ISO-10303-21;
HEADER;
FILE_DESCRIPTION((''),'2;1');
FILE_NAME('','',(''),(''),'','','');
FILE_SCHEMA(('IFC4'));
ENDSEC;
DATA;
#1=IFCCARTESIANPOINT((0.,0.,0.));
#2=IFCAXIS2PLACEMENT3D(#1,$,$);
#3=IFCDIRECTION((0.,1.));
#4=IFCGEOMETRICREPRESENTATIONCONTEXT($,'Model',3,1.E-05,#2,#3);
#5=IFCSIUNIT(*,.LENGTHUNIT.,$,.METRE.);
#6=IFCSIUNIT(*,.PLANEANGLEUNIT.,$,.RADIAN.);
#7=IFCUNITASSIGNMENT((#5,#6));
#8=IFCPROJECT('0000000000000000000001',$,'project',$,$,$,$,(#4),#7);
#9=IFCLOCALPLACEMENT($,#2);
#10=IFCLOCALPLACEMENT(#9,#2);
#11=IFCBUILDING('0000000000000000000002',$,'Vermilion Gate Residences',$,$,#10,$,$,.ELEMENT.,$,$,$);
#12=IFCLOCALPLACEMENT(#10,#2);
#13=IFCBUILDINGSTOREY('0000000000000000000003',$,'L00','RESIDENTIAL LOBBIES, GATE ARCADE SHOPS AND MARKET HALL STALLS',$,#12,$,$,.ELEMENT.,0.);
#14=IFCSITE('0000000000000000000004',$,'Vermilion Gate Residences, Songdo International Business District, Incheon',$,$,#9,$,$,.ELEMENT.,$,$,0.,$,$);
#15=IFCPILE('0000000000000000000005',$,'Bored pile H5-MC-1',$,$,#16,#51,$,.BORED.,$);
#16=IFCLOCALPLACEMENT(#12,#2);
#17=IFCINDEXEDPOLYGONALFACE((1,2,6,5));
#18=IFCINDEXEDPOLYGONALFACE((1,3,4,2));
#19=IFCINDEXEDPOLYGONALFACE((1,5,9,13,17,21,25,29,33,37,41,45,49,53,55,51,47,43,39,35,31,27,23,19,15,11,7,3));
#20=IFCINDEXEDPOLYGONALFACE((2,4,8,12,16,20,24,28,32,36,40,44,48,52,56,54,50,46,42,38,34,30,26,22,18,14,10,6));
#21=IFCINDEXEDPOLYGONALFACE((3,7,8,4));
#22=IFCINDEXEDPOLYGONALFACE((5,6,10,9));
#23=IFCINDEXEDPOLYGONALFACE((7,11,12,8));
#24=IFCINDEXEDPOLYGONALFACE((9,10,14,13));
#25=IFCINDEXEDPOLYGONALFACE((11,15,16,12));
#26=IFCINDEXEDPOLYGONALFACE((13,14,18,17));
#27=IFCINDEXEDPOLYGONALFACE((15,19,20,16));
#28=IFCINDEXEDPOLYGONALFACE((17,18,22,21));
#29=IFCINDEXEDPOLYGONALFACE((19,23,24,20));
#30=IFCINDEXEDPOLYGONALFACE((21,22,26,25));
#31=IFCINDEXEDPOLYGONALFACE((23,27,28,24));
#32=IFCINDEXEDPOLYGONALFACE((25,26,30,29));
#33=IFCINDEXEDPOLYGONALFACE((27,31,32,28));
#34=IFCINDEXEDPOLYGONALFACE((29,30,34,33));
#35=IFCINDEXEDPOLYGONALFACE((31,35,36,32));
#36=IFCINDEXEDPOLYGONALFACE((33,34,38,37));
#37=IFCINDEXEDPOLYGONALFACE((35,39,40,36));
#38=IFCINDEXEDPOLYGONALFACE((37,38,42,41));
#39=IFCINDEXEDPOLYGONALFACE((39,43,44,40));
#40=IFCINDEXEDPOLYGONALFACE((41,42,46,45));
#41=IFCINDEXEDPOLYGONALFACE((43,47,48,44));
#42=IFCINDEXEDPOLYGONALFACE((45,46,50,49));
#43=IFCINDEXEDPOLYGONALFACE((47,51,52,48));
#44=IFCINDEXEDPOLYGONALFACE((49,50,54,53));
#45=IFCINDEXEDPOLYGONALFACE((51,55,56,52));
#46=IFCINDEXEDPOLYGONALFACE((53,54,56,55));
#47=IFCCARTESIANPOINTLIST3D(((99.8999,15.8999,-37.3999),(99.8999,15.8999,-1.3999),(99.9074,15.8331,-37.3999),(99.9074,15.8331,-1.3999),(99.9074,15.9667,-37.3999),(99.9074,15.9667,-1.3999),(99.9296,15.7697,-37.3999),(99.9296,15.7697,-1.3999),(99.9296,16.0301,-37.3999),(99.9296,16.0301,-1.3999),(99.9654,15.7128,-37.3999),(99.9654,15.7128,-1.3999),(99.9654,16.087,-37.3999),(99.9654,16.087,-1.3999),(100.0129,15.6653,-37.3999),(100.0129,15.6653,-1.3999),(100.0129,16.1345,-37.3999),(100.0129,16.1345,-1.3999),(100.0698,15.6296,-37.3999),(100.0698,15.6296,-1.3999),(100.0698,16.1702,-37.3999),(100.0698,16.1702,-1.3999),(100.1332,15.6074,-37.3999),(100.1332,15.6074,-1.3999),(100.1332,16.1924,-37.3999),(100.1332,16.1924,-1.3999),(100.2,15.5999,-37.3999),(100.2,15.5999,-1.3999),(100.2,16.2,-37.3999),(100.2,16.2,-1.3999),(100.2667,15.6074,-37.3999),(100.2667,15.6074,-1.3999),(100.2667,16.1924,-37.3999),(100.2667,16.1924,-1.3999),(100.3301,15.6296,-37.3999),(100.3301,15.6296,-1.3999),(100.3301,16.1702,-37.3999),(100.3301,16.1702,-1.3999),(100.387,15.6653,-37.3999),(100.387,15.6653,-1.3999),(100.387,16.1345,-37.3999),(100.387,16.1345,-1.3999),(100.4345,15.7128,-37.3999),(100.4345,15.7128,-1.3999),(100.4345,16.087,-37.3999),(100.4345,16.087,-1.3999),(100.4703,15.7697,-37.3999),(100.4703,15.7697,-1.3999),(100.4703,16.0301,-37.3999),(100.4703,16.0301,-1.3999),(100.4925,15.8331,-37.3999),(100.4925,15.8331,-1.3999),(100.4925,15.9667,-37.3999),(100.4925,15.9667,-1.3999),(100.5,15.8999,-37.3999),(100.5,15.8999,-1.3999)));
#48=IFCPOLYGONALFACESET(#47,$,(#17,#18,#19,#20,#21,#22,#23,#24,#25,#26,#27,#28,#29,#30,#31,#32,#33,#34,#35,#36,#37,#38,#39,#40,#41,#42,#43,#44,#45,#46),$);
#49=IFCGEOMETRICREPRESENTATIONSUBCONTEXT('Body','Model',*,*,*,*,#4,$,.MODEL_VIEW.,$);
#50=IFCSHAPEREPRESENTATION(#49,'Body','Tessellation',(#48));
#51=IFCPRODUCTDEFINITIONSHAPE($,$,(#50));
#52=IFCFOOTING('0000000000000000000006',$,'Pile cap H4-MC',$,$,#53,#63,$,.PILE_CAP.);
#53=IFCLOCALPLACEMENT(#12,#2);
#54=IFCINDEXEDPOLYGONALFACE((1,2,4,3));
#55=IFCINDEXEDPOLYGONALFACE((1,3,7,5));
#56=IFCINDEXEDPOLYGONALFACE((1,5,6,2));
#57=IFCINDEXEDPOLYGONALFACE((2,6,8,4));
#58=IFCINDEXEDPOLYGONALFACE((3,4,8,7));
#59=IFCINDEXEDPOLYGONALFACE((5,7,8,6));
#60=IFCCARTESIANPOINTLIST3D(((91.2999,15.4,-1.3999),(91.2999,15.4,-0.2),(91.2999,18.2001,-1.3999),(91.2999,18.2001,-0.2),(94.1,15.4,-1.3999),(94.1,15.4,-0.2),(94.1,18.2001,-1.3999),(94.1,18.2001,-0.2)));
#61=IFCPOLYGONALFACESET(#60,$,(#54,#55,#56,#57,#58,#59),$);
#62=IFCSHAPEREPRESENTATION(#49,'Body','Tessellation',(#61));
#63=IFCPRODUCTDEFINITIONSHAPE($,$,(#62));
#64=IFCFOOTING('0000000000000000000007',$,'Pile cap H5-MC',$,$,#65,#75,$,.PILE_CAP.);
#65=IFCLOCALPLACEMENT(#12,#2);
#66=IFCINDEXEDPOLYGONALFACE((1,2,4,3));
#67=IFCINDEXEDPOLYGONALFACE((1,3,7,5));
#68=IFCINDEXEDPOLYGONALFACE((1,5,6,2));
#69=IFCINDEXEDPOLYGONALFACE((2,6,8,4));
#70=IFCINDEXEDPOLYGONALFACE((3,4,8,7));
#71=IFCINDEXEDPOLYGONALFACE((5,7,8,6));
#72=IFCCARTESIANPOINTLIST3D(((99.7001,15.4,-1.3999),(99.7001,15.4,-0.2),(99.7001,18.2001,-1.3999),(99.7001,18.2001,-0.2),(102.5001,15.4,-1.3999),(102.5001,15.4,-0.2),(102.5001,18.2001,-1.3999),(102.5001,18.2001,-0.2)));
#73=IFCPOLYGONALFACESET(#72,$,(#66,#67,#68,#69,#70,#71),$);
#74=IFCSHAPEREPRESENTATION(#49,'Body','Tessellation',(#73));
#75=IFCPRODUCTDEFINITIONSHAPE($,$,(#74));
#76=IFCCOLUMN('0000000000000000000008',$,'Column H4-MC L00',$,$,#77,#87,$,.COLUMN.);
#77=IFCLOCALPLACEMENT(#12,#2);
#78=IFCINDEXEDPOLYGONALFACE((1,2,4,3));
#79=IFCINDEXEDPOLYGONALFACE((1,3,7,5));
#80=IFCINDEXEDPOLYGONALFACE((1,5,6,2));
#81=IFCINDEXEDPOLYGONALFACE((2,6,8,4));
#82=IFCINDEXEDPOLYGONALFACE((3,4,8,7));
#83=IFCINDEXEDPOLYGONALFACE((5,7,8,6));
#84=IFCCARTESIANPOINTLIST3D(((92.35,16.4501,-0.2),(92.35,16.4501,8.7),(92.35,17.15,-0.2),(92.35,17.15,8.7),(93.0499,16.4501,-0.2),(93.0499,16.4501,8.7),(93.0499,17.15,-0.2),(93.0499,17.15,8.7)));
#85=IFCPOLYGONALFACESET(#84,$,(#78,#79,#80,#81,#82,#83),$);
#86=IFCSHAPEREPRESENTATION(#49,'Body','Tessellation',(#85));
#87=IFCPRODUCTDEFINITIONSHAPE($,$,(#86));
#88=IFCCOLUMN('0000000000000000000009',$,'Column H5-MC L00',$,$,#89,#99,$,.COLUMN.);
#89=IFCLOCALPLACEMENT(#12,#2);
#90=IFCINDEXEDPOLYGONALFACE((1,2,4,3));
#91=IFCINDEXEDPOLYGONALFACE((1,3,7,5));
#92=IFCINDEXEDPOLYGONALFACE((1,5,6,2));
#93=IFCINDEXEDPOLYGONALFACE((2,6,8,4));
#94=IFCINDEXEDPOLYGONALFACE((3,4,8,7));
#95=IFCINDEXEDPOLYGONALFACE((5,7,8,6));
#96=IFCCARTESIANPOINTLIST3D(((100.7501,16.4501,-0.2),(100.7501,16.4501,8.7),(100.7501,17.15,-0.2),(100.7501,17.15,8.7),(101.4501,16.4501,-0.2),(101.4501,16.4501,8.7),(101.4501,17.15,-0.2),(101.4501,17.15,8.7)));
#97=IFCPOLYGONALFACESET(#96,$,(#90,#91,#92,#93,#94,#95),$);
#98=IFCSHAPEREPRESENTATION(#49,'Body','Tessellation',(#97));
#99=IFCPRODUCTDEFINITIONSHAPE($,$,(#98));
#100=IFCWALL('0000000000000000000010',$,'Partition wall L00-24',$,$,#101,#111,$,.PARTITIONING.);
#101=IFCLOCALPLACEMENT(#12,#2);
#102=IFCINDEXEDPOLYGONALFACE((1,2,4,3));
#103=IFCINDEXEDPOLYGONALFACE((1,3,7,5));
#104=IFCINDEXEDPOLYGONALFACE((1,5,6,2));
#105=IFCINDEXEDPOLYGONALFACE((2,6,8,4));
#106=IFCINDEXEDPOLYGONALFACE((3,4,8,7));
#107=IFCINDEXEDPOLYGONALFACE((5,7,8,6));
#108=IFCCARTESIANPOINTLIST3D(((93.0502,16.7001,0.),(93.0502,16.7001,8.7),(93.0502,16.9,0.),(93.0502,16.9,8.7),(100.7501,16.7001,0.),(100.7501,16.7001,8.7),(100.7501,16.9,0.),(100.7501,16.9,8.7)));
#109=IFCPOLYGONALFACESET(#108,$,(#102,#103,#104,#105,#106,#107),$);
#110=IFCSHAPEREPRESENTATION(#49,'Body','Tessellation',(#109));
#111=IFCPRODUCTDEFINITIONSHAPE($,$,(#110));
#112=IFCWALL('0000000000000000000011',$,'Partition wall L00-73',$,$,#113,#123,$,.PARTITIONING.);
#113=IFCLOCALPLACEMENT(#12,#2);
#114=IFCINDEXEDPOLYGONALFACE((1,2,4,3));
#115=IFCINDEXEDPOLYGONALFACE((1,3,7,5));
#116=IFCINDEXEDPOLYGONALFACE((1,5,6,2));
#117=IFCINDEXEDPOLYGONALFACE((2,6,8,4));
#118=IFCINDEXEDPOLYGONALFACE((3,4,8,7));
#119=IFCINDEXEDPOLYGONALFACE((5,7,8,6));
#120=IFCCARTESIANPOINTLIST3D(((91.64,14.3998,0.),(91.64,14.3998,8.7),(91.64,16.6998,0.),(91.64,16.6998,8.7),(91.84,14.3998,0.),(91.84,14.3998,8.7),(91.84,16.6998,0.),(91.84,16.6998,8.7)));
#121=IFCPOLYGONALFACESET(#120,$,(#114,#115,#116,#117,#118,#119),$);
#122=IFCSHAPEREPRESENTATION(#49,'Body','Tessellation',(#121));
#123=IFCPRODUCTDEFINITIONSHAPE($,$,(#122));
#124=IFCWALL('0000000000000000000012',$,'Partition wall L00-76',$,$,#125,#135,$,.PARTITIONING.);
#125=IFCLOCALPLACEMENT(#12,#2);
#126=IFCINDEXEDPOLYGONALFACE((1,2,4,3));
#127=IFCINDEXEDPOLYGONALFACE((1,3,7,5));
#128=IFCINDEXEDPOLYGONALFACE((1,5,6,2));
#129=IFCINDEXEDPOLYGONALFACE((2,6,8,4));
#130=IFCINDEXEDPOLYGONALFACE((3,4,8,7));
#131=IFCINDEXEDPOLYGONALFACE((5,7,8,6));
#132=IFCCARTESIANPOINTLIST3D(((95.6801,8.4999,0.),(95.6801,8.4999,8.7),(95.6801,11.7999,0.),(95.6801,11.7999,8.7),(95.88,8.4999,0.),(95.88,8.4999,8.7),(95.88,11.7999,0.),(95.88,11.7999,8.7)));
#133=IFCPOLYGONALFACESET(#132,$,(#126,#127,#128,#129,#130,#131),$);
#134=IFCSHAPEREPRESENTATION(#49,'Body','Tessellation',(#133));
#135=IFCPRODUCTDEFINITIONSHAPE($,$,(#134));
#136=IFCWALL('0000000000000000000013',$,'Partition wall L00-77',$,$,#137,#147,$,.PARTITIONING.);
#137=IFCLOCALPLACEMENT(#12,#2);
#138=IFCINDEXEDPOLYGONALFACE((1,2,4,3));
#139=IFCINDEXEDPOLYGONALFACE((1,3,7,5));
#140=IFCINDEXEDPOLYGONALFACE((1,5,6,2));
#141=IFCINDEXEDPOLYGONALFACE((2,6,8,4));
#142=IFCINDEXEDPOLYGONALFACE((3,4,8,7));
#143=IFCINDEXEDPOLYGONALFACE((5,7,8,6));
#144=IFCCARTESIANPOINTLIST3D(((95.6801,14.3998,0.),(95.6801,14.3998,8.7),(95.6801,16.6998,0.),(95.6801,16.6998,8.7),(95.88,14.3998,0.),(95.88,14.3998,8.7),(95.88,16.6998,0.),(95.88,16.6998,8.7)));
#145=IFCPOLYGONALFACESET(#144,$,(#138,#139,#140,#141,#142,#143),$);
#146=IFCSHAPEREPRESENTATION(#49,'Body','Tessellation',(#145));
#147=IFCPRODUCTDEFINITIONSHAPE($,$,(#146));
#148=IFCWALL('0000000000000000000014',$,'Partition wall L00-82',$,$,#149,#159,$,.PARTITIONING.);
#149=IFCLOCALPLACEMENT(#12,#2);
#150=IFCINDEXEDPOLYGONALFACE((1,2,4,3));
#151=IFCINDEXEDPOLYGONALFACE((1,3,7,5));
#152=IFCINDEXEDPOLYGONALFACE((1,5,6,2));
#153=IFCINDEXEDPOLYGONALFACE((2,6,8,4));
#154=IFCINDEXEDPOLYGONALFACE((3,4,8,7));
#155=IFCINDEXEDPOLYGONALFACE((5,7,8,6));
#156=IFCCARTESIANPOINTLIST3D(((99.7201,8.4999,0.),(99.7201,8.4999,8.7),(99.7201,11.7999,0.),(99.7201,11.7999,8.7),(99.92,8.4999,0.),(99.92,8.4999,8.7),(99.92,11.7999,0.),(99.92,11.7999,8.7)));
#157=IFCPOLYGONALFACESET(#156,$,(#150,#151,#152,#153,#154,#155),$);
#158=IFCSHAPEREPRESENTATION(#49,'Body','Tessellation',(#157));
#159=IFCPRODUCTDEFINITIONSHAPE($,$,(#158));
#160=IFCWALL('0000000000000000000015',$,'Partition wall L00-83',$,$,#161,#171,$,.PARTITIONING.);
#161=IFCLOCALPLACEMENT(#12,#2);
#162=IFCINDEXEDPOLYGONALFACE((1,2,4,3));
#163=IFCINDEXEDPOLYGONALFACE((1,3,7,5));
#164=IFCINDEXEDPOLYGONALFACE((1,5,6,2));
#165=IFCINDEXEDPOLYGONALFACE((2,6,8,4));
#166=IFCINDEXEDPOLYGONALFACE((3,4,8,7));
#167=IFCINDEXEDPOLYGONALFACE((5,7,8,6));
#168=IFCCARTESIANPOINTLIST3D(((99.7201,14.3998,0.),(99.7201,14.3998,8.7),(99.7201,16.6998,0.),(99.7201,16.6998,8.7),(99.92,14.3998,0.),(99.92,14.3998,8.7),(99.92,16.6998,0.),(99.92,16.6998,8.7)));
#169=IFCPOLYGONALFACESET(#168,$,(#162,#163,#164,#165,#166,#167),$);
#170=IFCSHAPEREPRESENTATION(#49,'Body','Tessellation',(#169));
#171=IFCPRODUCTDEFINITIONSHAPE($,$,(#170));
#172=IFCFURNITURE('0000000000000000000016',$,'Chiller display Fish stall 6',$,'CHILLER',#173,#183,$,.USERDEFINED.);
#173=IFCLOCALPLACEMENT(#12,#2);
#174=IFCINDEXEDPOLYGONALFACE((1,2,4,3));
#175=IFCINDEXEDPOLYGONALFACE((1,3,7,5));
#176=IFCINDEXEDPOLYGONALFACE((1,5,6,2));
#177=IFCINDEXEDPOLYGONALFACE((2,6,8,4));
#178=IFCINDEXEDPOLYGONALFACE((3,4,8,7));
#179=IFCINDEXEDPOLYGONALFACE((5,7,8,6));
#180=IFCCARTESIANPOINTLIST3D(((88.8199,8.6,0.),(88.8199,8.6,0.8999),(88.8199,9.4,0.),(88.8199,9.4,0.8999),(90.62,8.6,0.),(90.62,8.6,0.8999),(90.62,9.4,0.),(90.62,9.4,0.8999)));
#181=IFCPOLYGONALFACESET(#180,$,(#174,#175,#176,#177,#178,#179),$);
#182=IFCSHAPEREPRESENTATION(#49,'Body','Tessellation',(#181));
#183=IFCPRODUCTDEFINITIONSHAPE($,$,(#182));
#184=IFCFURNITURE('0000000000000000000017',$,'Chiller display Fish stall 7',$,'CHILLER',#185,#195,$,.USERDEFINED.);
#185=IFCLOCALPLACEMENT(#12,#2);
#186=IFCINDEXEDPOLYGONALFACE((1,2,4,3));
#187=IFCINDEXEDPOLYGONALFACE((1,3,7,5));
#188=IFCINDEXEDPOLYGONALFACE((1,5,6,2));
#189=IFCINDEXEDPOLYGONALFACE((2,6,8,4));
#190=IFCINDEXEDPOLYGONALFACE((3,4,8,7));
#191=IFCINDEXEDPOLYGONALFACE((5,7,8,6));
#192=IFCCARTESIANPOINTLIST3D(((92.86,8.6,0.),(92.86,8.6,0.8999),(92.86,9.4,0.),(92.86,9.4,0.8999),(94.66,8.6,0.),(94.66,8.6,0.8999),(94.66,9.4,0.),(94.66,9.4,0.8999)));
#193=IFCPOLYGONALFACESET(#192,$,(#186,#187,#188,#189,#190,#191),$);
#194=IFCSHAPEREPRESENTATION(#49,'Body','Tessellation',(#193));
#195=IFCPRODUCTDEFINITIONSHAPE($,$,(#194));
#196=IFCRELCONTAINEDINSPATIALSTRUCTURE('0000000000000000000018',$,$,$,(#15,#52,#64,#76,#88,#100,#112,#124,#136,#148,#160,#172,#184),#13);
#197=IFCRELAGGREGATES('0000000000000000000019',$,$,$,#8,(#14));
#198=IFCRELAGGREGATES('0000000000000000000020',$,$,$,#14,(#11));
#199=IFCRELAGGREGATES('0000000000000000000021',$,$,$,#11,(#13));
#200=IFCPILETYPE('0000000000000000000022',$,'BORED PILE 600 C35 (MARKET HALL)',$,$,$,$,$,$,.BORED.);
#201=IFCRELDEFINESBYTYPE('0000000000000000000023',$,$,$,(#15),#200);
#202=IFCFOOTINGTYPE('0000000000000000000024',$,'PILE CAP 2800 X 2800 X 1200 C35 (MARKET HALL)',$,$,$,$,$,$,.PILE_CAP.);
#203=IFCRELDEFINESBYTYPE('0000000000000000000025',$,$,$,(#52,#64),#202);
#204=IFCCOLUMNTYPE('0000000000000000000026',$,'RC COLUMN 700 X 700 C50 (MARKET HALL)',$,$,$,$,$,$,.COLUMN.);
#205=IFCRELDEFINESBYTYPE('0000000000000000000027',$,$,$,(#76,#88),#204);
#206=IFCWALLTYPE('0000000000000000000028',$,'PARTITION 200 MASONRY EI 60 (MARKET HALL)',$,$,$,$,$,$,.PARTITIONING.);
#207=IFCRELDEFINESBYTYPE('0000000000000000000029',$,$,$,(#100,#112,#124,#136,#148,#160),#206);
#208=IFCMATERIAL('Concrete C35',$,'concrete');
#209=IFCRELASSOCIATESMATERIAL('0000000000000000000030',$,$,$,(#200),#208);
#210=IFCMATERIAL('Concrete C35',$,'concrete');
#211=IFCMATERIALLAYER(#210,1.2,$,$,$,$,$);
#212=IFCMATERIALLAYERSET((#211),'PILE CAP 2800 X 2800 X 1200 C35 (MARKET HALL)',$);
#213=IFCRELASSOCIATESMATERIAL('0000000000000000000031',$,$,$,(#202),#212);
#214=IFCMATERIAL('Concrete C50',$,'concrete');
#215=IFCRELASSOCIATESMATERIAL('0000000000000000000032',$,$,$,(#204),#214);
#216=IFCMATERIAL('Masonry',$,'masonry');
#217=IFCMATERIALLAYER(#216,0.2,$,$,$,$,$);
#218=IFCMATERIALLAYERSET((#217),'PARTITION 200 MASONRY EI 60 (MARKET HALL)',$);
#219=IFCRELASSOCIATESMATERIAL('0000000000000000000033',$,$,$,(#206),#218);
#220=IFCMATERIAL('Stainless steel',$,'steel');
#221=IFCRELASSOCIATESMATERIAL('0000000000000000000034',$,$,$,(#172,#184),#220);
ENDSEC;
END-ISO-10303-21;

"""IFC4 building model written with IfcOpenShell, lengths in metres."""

from ifc_helpers import new_model, si_unit, direction, frame, frame_2d, origin, origin_2d, place, context, subcontext, project, spatial, rectangle, circle, extrude, material, layer, layer_set, material_profile, profile_set, type_object, element, save


model = new_model("IFC4")

# Units and contexts
model_context = context("Model", 3, precision=1e-05, world=origin(), true_north=direction((0.0, 1.0)))
body_context = subcontext(model_context, "Body", "Model", "MODEL_VIEW")
ifc_project = project(units=[si_unit("LENGTHUNIT", "METRE"), si_unit("PLANEANGLEUNIT", "RADIAN")], contexts=[model_context])

# Site, building, storey
site_placement = place(None, origin())
site = spatial("IfcSite", under=ifc_project, at=site_placement, Name="Vermilion Gate Residences, Songdo International Business District, Incheon", CompositionType="ELEMENT", RefElevation=0.0)
building_placement = place(site_placement, origin())
building = spatial("IfcBuilding", under=site, at=building_placement, Name="Vermilion Gate Residences", CompositionType="ELEMENT")
storey_placement = place(building_placement, origin())
storey = spatial("IfcBuildingStorey", under=building, at=storey_placement, Name="L00", Description="RESIDENTIAL LOBBIES, GATE ARCADE SHOPS AND MARKET HALL STALLS", CompositionType="ELEMENT", Elevation=0.0)

# Pile
ifc_material_1 = material(Name="Concrete C35", Category="concrete")
ifc_material_profile_1 = material_profile(ifc_material_1, circle(Radius=0.3, at=origin_2d()), Name="BORED PILE 600 C35 (MARKET HALL)")
ifc_profile_set_1 = profile_set([ifc_material_profile_1], Name="Concrete C35")
pile_type = type_object("IfcPileType", Name="BORED PILE 600 C35 (MARKET HALL)", PredefinedType="BORED", material=ifc_profile_set_1)
for number, where, z_axis, x_axis, name in (
    (1, (100.2, 15.8999, -1.3999), (0.0, 0.0, -1.0), (1.0, 0.0, 0.0), "Bored pile H5-MC-1"),
):
    element("IfcPile", number, at=place(storey_placement, frame(where, z_axis=z_axis, x_axis=x_axis)), inside=storey, type_object=pile_type, Name=name, PredefinedType="BORED", context=body_context, shape_type="SweptSolid", body=[
        extrude(circle(Radius=0.3, at=origin_2d()), origin(), (0.0, 0.0, 1.0), 36.0),
    ])

# Footings
ifc_material_2 = material(Name="Concrete C35", Category="concrete")
ifc_layer_1 = layer(ifc_material_2, 1.2)
ifc_layer_set_1 = layer_set([ifc_layer_1], Name="PILE CAP 2800 X 2800 X 1200 C35 (MARKET HALL)")
footing_type = type_object("IfcFootingType", Name="PILE CAP 2800 X 2800 X 1200 C35 (MARKET HALL)", PredefinedType="PILE_CAP", material=ifc_layer_set_1)
for number, where, z_axis, x_axis, name in (
    (2, (92.7, 16.8, -1.3999), (0.0, 0.0, 1.0), (1.0, 0.0, 0.0), "Pile cap H4-MC"),
    (3, (101.1001, 16.8, -1.3999), (0.0, 0.0, 1.0), (1.0, 0.0, 0.0), "Pile cap H5-MC"),
):
    element("IfcFooting", number, at=place(storey_placement, frame(where, z_axis=z_axis, x_axis=x_axis)), inside=storey, type_object=footing_type, Name=name, PredefinedType="PILE_CAP", context=body_context, shape_type="SweptSolid", body=[
        extrude(rectangle(XDim=2.8, YDim=2.8, at=origin_2d()), origin(), (0.0, 0.0, 1.0), 1.2),
    ])

# Columns
ifc_material_3 = material(Name="Concrete C50", Category="concrete")
ifc_material_profile_2 = material_profile(ifc_material_3, rectangle(XDim=0.7, YDim=0.7, at=origin_2d()), Name="RC COLUMN 700 X 700 C50 (MARKET HALL)")
ifc_profile_set_2 = profile_set([ifc_material_profile_2], Name="Concrete C50")
column_type = type_object("IfcColumnType", Name="RC COLUMN 700 X 700 C50 (MARKET HALL)", PredefinedType="COLUMN", material=ifc_profile_set_2)
for number, where, z_axis, x_axis, name in (
    (4, (92.7, 16.8, -0.2), (0.0, 0.0, 1.0), (1.0, 0.0, 0.0), "Column H4-MC L00"),
    (5, (101.1001, 16.8, -0.2), (0.0, 0.0, 1.0), (1.0, 0.0, 0.0), "Column H5-MC L00"),
):
    element("IfcColumn", number, at=place(storey_placement, frame(where, z_axis=z_axis, x_axis=x_axis)), inside=storey, type_object=column_type, Name=name, PredefinedType="COLUMN", context=body_context, shape_type="SweptSolid", body=[
        extrude(rectangle(XDim=0.7, YDim=0.7, at=origin_2d()), origin(), (0.0, 0.0, 1.0), 8.8999),
    ])

# Walls
ifc_material_4 = material(Name="Masonry", Category="masonry")
ifc_layer_2 = layer(ifc_material_4, 0.2)
ifc_layer_set_2 = layer_set([ifc_layer_2], Name="PARTITION 200 MASONRY EI 60 (MARKET HALL)")
wall_type = type_object("IfcWallType", Name="PARTITION 200 MASONRY EI 60 (MARKET HALL)", PredefinedType="PARTITIONING", material=ifc_layer_set_2)
wall_1_placement = place(storey_placement, frame((93.05, 16.8, 0.0), z_axis=(0.0, 0.0, 1.0), x_axis=(1.0, 0.0, 0.0)))
element("IfcWall", 6, at=wall_1_placement, inside=storey, type_object=wall_type, Name="Partition wall L00-24", PredefinedType="PARTITIONING", context=body_context, shape_type="SweptSolid", body=[
    extrude(rectangle(XDim=7.7, YDim=0.2, at=frame_2d((3.8501, 0.0))), origin(), (0.0, 0.0, 1.0), 8.7),
])
wall_2_placement = place(storey_placement, frame((91.74, 14.3999, 0.0), z_axis=(0.0, 0.0, 1.0), x_axis=(0.0, 1.0, 0.0)))
element("IfcWall", 7, at=wall_2_placement, inside=storey, type_object=wall_type, Name="Partition wall L00-73", PredefinedType="PARTITIONING", context=body_context, shape_type="SweptSolid", body=[
    extrude(rectangle(XDim=2.3, YDim=0.2, at=frame_2d((1.1499, 0.0))), origin(), (0.0, 0.0, 1.0), 8.7),
])
wall_3_placement = place(storey_placement, frame((95.78, 8.5, 0.0), z_axis=(0.0, 0.0, 1.0), x_axis=(0.0, 1.0, 0.0)))
element("IfcWall", 8, at=wall_3_placement, inside=storey, type_object=wall_type, Name="Partition wall L00-76", PredefinedType="PARTITIONING", context=body_context, shape_type="SweptSolid", body=[
    extrude(rectangle(XDim=3.3, YDim=0.2, at=frame_2d((1.6499, 0.0))), origin(), (0.0, 0.0, 1.0), 8.7),
])
wall_4_placement = place(storey_placement, frame((95.78, 14.3999, 0.0), z_axis=(0.0, 0.0, 1.0), x_axis=(0.0, 1.0, 0.0)))
element("IfcWall", 9, at=wall_4_placement, inside=storey, type_object=wall_type, Name="Partition wall L00-77", PredefinedType="PARTITIONING", context=body_context, shape_type="SweptSolid", body=[
    extrude(rectangle(XDim=2.3, YDim=0.2, at=frame_2d((1.1499, 0.0))), origin(), (0.0, 0.0, 1.0), 8.7),
])
wall_5_placement = place(storey_placement, frame((99.8201, 8.5, 0.0), z_axis=(0.0, 0.0, 1.0), x_axis=(0.0, 1.0, 0.0)))
element("IfcWall", 10, at=wall_5_placement, inside=storey, type_object=wall_type, Name="Partition wall L00-82", PredefinedType="PARTITIONING", context=body_context, shape_type="SweptSolid", body=[
    extrude(rectangle(XDim=3.3, YDim=0.2, at=frame_2d((1.6499, 0.0))), origin(), (0.0, 0.0, 1.0), 8.7),
])
wall_6_placement = place(storey_placement, frame((99.8201, 14.3999, 0.0), z_axis=(0.0, 0.0, 1.0), x_axis=(0.0, 1.0, 0.0)))
element("IfcWall", 11, at=wall_6_placement, inside=storey, type_object=wall_type, Name="Partition wall L00-83", PredefinedType="PARTITIONING", context=body_context, shape_type="SweptSolid", body=[
    extrude(rectangle(XDim=2.3, YDim=0.2, at=frame_2d((1.1499, 0.0))), origin(), (0.0, 0.0, 1.0), 8.7),
])

# Furniture
ifc_material_5 = material(Name="Stainless steel", Category="steel")
for number, where, z_axis, x_axis, name in (
    (12, (89.72, 9.0, 0.0), (0.0, 0.0, 1.0), (1.0, 0.0, 0.0), "Chiller display Fish stall 6"),
    (13, (93.76, 9.0, 0.0), (0.0, 0.0, 1.0), (1.0, 0.0, 0.0), "Chiller display Fish stall 7"),
):
    element("IfcFurniture", number, at=place(storey_placement, frame(where, z_axis=z_axis, x_axis=x_axis)), inside=storey, material=ifc_material_5, Name=name, ObjectType="CHILLER", PredefinedType="USERDEFINED", context=body_context, shape_type="SweptSolid", body=[
        extrude(rectangle(XDim=1.8, YDim=0.8, at=origin_2d()), origin(), (0.0, 0.0, 1.0), 0.8999),
    ])

save(model, "model.ifc")
